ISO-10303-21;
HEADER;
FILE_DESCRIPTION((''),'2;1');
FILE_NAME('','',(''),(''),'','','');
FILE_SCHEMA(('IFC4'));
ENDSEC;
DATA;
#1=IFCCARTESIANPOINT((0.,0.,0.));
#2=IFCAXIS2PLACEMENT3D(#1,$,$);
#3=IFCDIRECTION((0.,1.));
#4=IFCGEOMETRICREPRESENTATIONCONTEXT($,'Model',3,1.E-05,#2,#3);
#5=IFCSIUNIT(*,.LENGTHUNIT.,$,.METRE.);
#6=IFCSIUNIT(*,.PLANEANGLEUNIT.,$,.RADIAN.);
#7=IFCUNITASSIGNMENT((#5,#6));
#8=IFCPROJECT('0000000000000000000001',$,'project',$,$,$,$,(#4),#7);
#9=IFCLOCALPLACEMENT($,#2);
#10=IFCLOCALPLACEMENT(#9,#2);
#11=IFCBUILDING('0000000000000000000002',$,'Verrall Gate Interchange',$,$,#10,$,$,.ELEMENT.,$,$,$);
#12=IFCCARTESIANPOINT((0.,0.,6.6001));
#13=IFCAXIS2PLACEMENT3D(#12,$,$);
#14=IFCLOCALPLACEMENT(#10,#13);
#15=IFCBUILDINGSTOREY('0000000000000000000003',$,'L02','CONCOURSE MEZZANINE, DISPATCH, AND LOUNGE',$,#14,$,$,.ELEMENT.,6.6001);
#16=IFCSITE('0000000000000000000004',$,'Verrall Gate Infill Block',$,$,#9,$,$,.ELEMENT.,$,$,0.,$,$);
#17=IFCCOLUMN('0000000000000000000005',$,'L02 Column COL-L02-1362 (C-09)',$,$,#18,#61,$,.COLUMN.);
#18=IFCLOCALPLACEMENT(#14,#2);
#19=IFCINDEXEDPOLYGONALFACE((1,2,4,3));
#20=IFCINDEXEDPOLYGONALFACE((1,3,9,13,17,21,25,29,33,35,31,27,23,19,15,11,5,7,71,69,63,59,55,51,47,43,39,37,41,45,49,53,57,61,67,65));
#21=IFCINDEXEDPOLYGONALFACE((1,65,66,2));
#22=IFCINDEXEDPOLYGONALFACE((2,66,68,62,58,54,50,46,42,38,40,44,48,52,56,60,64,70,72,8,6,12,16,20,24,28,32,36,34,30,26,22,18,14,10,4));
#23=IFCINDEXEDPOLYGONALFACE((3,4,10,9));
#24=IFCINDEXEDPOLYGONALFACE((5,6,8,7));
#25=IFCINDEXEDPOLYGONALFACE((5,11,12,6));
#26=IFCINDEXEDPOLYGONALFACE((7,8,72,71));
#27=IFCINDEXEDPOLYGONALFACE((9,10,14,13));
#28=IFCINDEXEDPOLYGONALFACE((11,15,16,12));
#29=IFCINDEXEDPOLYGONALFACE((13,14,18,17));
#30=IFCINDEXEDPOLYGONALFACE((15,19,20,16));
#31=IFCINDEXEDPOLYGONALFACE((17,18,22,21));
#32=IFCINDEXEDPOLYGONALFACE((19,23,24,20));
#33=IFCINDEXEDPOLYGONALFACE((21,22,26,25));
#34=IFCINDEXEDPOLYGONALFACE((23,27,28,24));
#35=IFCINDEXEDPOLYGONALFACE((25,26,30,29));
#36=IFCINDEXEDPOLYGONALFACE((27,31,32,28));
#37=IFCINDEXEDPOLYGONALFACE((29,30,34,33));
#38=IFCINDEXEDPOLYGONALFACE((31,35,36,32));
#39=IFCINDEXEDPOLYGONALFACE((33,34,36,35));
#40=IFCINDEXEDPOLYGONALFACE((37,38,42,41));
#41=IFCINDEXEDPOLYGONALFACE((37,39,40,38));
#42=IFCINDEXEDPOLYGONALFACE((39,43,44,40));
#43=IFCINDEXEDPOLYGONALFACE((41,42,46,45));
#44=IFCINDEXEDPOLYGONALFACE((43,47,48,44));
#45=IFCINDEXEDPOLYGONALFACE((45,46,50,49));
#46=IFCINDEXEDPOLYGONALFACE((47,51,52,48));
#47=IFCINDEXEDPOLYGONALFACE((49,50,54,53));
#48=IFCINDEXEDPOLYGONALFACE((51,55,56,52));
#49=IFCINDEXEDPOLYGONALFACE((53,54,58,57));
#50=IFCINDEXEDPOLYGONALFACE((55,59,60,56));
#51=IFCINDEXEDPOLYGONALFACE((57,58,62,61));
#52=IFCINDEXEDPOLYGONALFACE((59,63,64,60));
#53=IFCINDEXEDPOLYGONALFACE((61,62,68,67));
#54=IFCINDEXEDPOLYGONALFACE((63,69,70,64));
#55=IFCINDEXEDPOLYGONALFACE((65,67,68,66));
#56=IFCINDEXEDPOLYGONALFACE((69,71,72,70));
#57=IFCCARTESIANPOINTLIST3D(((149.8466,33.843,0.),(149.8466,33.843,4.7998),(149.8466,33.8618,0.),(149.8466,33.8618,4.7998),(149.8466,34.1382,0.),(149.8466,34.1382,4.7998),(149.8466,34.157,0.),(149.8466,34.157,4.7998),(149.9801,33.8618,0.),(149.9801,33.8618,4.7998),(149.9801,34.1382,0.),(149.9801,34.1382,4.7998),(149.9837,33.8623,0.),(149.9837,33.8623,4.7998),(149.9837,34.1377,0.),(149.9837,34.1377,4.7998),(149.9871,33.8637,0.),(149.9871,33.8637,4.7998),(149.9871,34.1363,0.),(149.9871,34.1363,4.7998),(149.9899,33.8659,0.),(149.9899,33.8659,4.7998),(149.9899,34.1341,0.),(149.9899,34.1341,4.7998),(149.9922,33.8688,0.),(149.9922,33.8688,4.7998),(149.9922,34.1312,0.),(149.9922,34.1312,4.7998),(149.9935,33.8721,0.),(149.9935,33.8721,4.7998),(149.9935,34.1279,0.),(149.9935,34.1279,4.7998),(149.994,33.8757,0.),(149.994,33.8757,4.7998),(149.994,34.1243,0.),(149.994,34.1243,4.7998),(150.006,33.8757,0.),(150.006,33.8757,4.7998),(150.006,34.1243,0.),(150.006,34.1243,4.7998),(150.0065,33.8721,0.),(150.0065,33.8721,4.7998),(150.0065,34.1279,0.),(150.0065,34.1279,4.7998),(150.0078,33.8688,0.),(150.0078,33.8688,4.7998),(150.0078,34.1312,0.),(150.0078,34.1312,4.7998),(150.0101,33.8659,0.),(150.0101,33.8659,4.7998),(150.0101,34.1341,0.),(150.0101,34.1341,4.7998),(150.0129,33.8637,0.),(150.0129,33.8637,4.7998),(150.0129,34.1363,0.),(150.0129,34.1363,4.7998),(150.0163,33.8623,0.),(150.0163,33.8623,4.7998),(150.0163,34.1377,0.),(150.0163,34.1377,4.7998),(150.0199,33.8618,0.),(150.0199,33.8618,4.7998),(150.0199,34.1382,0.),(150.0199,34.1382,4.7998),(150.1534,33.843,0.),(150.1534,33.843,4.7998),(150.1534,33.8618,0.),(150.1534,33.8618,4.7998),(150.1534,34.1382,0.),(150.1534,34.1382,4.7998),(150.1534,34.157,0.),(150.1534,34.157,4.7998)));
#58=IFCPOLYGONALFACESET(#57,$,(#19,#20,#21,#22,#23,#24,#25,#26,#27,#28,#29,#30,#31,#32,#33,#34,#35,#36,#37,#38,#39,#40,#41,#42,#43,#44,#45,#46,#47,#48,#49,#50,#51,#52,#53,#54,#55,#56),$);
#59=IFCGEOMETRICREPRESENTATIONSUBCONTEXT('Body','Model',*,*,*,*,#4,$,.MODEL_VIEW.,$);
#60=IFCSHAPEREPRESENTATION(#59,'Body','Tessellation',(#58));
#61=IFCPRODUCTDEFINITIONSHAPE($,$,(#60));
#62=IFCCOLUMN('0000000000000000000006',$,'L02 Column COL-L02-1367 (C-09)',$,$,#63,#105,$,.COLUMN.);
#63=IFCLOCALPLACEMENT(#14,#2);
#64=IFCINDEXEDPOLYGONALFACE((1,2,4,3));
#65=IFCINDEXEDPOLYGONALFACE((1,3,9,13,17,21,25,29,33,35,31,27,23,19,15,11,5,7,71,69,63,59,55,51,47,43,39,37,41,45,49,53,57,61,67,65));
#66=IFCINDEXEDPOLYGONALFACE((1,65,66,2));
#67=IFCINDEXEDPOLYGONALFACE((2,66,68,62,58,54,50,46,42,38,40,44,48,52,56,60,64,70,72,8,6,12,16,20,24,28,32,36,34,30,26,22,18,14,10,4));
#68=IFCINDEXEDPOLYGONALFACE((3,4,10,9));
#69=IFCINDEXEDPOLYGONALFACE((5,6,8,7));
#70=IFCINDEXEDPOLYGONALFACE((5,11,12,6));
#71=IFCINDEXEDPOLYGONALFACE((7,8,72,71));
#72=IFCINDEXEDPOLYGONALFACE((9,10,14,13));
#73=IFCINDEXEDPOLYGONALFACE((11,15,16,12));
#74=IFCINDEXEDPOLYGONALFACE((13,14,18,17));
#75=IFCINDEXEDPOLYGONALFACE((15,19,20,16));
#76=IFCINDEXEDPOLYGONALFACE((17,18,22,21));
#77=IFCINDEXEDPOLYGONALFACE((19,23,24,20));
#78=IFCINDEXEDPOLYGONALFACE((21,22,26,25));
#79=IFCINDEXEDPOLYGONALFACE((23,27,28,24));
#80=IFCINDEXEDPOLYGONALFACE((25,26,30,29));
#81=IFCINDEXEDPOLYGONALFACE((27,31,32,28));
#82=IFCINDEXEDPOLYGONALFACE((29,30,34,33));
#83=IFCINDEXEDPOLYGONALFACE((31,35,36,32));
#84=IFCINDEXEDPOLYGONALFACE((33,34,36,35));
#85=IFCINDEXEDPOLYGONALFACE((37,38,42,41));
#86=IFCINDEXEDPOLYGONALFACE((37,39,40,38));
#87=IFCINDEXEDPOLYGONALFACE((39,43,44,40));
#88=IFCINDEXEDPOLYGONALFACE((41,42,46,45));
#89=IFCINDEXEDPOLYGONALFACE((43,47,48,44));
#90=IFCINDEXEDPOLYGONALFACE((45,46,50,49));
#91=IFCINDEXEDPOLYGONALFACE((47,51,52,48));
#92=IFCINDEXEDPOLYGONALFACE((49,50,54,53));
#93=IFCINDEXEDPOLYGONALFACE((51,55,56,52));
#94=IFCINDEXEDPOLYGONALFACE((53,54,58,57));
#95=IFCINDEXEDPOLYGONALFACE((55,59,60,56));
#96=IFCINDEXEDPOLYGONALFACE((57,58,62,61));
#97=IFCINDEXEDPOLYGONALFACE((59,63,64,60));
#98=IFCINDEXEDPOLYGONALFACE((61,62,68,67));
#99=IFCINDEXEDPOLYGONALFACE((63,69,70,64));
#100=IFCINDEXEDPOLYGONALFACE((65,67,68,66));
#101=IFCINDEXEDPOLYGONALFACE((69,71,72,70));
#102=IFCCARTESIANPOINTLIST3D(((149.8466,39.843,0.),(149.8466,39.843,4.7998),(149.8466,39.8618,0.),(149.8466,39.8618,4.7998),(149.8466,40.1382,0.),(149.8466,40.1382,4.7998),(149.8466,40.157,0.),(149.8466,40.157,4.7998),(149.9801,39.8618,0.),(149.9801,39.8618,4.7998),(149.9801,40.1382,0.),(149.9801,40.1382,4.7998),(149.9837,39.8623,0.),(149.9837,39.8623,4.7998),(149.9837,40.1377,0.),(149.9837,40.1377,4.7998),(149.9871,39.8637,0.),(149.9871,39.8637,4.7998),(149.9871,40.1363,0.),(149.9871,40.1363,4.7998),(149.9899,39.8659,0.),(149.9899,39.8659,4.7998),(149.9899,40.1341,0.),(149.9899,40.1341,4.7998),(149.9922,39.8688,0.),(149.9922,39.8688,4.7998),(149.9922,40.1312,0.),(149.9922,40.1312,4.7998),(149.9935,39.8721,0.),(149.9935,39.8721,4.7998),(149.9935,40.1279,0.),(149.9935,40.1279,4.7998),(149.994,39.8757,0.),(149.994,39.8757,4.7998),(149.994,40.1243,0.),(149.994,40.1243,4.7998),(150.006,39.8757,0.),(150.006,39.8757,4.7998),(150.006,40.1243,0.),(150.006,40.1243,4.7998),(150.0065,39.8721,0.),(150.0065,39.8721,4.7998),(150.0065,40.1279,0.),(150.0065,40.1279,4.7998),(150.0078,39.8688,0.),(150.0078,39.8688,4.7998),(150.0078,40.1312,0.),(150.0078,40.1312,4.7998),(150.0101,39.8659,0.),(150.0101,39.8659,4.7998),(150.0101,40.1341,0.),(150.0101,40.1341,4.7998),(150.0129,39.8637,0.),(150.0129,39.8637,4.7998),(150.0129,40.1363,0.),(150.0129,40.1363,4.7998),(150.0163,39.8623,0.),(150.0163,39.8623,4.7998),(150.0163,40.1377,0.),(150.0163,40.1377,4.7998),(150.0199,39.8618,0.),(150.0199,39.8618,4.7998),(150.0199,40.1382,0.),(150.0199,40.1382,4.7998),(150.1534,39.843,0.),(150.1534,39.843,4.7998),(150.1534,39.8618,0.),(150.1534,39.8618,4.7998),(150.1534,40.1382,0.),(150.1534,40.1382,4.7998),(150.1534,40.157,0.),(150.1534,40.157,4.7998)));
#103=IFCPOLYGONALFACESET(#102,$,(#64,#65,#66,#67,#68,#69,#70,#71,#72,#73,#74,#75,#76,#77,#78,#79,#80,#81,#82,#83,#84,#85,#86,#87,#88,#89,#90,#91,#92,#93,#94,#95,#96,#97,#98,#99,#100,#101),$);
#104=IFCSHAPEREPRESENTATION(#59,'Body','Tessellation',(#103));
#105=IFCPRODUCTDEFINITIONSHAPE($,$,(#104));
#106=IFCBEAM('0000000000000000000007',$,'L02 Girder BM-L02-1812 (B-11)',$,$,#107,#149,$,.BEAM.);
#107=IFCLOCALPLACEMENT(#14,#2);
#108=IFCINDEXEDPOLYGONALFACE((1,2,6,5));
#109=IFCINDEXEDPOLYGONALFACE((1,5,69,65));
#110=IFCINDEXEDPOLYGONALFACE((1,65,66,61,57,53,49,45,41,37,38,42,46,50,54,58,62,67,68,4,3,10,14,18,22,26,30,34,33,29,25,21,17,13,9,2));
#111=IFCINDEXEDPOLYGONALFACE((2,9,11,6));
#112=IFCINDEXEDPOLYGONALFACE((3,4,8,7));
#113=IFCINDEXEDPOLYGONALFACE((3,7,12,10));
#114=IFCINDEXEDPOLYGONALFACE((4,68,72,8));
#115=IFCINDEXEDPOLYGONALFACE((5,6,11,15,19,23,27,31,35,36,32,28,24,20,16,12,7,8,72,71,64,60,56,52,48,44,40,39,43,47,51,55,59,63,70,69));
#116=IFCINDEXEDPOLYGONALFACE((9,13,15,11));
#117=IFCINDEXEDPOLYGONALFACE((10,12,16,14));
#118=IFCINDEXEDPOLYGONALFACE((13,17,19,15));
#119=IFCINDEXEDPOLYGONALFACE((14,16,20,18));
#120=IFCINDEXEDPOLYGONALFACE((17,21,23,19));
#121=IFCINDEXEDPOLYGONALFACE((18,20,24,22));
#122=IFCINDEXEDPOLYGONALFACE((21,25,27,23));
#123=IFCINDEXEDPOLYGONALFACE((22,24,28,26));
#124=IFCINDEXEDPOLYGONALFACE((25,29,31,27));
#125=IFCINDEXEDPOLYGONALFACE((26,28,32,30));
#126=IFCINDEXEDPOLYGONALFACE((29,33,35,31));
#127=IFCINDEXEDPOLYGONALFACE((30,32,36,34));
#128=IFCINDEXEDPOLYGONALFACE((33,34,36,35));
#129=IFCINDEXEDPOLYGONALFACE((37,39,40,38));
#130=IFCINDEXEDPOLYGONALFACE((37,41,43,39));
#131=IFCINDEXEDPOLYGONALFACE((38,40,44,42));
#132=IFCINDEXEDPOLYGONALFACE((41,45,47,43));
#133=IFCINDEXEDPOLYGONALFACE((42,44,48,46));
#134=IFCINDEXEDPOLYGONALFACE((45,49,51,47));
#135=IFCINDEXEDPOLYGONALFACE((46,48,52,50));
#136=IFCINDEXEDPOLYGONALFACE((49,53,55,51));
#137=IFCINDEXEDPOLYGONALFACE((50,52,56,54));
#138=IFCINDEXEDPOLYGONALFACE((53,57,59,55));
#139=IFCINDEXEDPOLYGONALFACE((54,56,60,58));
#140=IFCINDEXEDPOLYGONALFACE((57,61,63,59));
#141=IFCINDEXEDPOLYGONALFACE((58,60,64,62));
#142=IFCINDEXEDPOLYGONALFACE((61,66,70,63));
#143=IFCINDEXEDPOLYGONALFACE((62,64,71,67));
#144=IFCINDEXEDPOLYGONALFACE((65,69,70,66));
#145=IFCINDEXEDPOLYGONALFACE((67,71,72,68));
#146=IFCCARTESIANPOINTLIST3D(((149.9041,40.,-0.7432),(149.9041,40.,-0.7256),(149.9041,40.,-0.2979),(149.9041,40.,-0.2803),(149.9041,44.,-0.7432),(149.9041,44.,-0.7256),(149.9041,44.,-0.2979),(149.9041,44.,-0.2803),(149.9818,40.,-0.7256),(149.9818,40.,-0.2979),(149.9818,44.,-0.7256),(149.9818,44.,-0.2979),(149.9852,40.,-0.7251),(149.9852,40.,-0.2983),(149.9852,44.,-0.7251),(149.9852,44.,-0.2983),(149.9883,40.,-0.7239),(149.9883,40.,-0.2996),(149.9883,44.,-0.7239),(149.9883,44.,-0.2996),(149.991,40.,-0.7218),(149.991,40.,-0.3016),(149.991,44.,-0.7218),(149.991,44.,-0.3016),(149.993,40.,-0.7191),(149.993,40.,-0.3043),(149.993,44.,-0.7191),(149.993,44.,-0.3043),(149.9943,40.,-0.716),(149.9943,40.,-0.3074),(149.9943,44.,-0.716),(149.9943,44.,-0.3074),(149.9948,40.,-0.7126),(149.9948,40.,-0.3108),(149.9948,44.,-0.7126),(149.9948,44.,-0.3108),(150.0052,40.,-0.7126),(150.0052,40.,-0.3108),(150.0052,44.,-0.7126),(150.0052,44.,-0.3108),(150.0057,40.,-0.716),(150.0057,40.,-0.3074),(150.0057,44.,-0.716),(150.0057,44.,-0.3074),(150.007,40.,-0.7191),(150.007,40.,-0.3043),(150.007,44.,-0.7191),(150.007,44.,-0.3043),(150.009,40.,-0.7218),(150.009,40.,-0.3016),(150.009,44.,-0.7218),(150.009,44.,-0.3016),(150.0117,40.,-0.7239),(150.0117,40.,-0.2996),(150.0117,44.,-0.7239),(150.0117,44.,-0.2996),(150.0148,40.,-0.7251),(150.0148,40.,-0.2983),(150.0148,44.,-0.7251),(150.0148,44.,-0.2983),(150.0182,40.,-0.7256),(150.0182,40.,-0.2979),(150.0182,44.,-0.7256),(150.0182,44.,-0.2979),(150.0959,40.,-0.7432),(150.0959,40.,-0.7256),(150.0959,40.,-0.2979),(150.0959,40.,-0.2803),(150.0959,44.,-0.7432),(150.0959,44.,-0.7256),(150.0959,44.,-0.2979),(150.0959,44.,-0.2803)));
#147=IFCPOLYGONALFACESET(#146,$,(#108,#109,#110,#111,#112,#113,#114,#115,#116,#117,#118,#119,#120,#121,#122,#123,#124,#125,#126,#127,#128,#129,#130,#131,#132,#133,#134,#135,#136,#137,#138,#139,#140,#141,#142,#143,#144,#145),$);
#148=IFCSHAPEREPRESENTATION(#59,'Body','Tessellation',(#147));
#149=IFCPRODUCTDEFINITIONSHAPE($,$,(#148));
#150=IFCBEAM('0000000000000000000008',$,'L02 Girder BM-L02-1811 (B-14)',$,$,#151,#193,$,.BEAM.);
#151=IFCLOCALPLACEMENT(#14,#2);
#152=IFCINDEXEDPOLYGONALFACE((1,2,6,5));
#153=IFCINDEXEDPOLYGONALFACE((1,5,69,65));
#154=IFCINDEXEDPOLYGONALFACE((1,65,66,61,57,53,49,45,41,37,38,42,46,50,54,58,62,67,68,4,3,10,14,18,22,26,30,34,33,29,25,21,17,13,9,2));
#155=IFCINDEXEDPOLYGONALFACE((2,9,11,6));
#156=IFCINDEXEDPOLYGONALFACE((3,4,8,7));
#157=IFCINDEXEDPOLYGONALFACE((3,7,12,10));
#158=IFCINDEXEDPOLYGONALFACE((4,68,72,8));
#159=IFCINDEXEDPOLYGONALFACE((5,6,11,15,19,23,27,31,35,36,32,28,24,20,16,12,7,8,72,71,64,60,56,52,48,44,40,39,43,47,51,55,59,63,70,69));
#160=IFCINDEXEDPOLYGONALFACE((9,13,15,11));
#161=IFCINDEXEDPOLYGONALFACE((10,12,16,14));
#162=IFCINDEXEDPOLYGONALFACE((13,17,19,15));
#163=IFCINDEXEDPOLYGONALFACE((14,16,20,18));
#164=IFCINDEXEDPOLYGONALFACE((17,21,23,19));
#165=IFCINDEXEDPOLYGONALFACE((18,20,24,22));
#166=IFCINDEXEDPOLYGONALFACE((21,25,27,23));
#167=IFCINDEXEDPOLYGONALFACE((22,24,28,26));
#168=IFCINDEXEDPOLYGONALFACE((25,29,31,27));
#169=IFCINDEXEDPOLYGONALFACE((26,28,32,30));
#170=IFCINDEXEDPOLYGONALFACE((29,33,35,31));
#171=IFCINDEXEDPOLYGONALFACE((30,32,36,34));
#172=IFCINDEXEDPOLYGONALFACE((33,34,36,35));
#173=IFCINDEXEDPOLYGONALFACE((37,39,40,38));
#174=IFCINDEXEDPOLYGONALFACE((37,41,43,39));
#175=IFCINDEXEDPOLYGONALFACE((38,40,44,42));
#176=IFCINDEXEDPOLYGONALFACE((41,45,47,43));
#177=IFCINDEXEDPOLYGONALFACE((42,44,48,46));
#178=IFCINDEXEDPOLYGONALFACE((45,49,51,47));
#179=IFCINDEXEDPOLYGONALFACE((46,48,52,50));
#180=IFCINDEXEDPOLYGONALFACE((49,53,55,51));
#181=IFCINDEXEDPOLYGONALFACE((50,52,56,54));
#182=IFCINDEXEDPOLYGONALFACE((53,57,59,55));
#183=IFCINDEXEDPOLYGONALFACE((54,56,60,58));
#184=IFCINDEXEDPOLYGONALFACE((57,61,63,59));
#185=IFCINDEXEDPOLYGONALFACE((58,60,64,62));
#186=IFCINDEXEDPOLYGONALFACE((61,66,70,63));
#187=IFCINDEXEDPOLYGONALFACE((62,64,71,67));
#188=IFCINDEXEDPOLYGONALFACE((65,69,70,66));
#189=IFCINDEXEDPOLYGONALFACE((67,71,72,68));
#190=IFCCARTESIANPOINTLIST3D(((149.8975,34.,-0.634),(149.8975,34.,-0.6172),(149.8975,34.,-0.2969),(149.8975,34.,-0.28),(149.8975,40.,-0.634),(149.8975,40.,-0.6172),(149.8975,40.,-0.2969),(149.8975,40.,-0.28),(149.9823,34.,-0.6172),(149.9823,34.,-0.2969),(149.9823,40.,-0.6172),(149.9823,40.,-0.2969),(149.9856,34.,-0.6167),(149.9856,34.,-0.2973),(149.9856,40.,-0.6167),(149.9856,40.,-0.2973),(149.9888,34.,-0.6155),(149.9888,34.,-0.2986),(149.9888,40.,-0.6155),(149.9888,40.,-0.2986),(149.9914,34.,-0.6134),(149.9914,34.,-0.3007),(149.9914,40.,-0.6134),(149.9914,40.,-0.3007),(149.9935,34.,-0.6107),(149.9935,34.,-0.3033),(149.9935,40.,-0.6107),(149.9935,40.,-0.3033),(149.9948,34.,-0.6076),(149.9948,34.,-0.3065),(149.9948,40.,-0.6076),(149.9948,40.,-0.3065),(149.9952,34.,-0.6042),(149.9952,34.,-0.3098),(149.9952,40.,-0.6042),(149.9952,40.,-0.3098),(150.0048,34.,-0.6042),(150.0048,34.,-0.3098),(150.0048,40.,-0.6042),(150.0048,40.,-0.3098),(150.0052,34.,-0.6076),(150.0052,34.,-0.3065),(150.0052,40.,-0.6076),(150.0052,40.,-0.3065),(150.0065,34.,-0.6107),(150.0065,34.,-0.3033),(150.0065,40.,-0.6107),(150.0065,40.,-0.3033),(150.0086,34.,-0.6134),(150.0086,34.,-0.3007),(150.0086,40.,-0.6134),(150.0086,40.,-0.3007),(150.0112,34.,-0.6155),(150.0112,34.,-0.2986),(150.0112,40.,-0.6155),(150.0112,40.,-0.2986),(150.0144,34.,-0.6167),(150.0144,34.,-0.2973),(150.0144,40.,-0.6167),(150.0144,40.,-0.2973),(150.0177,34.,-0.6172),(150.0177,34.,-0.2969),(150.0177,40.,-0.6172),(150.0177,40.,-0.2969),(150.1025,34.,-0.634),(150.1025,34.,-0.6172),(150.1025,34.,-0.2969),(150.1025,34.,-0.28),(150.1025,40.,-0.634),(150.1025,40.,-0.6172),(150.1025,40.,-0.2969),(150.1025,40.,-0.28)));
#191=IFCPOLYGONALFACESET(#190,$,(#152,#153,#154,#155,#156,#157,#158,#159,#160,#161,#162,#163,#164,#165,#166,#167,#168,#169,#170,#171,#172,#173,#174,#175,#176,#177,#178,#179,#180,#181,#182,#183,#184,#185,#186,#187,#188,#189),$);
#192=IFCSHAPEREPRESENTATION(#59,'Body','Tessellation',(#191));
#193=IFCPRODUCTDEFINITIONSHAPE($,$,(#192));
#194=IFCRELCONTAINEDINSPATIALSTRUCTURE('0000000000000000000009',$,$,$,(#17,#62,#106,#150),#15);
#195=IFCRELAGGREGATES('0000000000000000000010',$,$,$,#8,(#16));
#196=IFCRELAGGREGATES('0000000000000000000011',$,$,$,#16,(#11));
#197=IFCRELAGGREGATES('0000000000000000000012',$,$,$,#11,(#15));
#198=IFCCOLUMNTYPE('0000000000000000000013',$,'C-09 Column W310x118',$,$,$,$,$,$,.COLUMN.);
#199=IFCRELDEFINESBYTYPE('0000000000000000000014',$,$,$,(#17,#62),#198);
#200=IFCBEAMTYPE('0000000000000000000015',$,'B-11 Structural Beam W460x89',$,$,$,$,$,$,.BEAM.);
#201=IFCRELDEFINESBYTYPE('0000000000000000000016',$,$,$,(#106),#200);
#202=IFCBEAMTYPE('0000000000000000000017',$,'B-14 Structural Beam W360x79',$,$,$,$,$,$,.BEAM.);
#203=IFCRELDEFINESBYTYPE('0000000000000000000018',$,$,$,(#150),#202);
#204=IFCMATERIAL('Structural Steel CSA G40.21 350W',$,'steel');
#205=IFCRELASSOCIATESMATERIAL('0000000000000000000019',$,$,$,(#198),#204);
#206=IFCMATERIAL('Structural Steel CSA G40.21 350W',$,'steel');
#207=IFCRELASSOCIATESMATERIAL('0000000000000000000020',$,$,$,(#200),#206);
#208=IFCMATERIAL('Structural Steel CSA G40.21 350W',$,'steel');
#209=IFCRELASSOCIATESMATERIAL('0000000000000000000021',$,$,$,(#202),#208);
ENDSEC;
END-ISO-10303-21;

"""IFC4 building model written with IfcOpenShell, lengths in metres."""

from ifc_helpers import new_model, si_unit, direction, frame, origin, origin_2d, place, context, subcontext, project, spatial, i_section, extrude, material, material_profile, profile_set, type_object, element, save


model = new_model("IFC4")

# Units and contexts
model_context = context("Model", 3, precision=1e-05, world=origin(), true_north=direction((0.0, 1.0)))
body_context = subcontext(model_context, "Body", "Model", "MODEL_VIEW")
ifc_project = project(units=[si_unit("LENGTHUNIT", "METRE"), si_unit("PLANEANGLEUNIT", "RADIAN")], contexts=[model_context])

# Site, building, storey
site_placement = place(None, origin())
site = spatial("IfcSite", under=ifc_project, at=site_placement, Name="Verrall Gate Infill Block", CompositionType="ELEMENT", RefElevation=0.0)
building_placement = place(site_placement, origin())
building = spatial("IfcBuilding", under=site, at=building_placement, Name="Verrall Gate Interchange", CompositionType="ELEMENT")
storey_placement = place(building_placement, frame((0.0, 0.0, 6.6001)))
storey = spatial("IfcBuildingStorey", under=building, at=storey_placement, Name="L02", Description="CONCOURSE MEZZANINE, DISPATCH, AND LOUNGE", CompositionType="ELEMENT", Elevation=6.6001)

# Columns
ifc_material_1 = material(Name="Structural Steel CSA G40.21 350W", Category="steel")
ifc_material_profile_1 = material_profile(ifc_material_1, i_section(OverallWidth=0.3069, OverallDepth=0.314, WebThickness=0.012, FlangeThickness=0.0188, FilletRadius=0.0139, at=origin_2d()), Name="W310x118")
ifc_profile_set_1 = profile_set([ifc_material_profile_1], Name="Structural Steel CSA G40.21 350W")
column_type = type_object("IfcColumnType", Name="C-09 Column W310x118", PredefinedType="COLUMN", material=ifc_profile_set_1)
for number, where, z_axis, x_axis, name in (
    (1, (150.0, 34.0, 0.0), (0.0, 0.0, 1.0), (1.0, 0.0, 0.0), "L02 Column COL-L02-1362 (C-09)"),
    (2, (150.0, 40.0, 0.0), (0.0, 0.0, 1.0), (1.0, 0.0, 0.0), "L02 Column COL-L02-1367 (C-09)"),
):
    element("IfcColumn", number, at=place(storey_placement, frame(where, z_axis=z_axis, x_axis=x_axis)), inside=storey, type_object=column_type, Name=name, PredefinedType="COLUMN", context=body_context, shape_type="SweptSolid", body=[
        extrude(i_section(OverallWidth=0.3069, OverallDepth=0.314, WebThickness=0.012, FlangeThickness=0.0188, FilletRadius=0.0139, at=origin_2d()), origin(), (0.0, 0.0, 1.0), 4.7998),
    ])

# Beams
ifc_material_2 = material(Name="Structural Steel CSA G40.21 350W", Category="steel")
ifc_material_profile_2 = material_profile(ifc_material_2, i_section(OverallWidth=0.1919, OverallDepth=0.4629, WebThickness=0.0105, FlangeThickness=0.0176, FilletRadius=0.0129, at=origin_2d()), Name="W460x89")
ifc_profile_set_2 = profile_set([ifc_material_profile_2], Name="Structural Steel CSA G40.21 350W")
beam_type_1 = type_object("IfcBeamType", Name="B-11 Structural Beam W460x89", PredefinedType="BEAM", material=ifc_profile_set_2)
beam_1_placement = place(storey_placement, frame((150.0, 40.0, -0.5117), z_axis=(0.0, 1.0, 0.0), x_axis=(-1.0, 0.0, 0.0)))
element("IfcBeam", 3, at=beam_1_placement, inside=storey, type_object=beam_type_1, Name="L02 Girder BM-L02-1812 (B-11)", PredefinedType="BEAM", context=body_context, shape_type="SweptSolid", body=[
    extrude(i_section(OverallWidth=0.1919, OverallDepth=0.4629, WebThickness=0.0105, FlangeThickness=0.0176, FilletRadius=0.0129, at=origin_2d()), origin(), (0.0, 0.0, 1.0), 4.0),
])
ifc_material_3 = material(Name="Structural Steel CSA G40.21 350W", Category="steel")
ifc_material_profile_3 = material_profile(ifc_material_3, i_section(OverallWidth=0.2051, OverallDepth=0.354, WebThickness=0.0095, FlangeThickness=0.0168, FilletRadius=0.0129, at=origin_2d()), Name="W360x79")
ifc_profile_set_3 = profile_set([ifc_material_profile_3], Name="Structural Steel CSA G40.21 350W")
beam_type_2 = type_object("IfcBeamType", Name="B-14 Structural Beam W360x79", PredefinedType="BEAM", material=ifc_profile_set_3)
beam_2_placement = place(storey_placement, frame((150.0, 34.0, -0.457), z_axis=(0.0, 1.0, 0.0), x_axis=(-1.0, 0.0, 0.0)))
element("IfcBeam", 4, at=beam_2_placement, inside=storey, type_object=beam_type_2, Name="L02 Girder BM-L02-1811 (B-14)", PredefinedType="BEAM", context=body_context, shape_type="SweptSolid", body=[
    extrude(i_section(OverallWidth=0.2051, OverallDepth=0.354, WebThickness=0.0095, FlangeThickness=0.0168, FilletRadius=0.0129, at=origin_2d()), origin(), (0.0, 0.0, 1.0), 6.0),
])

save(model, "model.ifc")
